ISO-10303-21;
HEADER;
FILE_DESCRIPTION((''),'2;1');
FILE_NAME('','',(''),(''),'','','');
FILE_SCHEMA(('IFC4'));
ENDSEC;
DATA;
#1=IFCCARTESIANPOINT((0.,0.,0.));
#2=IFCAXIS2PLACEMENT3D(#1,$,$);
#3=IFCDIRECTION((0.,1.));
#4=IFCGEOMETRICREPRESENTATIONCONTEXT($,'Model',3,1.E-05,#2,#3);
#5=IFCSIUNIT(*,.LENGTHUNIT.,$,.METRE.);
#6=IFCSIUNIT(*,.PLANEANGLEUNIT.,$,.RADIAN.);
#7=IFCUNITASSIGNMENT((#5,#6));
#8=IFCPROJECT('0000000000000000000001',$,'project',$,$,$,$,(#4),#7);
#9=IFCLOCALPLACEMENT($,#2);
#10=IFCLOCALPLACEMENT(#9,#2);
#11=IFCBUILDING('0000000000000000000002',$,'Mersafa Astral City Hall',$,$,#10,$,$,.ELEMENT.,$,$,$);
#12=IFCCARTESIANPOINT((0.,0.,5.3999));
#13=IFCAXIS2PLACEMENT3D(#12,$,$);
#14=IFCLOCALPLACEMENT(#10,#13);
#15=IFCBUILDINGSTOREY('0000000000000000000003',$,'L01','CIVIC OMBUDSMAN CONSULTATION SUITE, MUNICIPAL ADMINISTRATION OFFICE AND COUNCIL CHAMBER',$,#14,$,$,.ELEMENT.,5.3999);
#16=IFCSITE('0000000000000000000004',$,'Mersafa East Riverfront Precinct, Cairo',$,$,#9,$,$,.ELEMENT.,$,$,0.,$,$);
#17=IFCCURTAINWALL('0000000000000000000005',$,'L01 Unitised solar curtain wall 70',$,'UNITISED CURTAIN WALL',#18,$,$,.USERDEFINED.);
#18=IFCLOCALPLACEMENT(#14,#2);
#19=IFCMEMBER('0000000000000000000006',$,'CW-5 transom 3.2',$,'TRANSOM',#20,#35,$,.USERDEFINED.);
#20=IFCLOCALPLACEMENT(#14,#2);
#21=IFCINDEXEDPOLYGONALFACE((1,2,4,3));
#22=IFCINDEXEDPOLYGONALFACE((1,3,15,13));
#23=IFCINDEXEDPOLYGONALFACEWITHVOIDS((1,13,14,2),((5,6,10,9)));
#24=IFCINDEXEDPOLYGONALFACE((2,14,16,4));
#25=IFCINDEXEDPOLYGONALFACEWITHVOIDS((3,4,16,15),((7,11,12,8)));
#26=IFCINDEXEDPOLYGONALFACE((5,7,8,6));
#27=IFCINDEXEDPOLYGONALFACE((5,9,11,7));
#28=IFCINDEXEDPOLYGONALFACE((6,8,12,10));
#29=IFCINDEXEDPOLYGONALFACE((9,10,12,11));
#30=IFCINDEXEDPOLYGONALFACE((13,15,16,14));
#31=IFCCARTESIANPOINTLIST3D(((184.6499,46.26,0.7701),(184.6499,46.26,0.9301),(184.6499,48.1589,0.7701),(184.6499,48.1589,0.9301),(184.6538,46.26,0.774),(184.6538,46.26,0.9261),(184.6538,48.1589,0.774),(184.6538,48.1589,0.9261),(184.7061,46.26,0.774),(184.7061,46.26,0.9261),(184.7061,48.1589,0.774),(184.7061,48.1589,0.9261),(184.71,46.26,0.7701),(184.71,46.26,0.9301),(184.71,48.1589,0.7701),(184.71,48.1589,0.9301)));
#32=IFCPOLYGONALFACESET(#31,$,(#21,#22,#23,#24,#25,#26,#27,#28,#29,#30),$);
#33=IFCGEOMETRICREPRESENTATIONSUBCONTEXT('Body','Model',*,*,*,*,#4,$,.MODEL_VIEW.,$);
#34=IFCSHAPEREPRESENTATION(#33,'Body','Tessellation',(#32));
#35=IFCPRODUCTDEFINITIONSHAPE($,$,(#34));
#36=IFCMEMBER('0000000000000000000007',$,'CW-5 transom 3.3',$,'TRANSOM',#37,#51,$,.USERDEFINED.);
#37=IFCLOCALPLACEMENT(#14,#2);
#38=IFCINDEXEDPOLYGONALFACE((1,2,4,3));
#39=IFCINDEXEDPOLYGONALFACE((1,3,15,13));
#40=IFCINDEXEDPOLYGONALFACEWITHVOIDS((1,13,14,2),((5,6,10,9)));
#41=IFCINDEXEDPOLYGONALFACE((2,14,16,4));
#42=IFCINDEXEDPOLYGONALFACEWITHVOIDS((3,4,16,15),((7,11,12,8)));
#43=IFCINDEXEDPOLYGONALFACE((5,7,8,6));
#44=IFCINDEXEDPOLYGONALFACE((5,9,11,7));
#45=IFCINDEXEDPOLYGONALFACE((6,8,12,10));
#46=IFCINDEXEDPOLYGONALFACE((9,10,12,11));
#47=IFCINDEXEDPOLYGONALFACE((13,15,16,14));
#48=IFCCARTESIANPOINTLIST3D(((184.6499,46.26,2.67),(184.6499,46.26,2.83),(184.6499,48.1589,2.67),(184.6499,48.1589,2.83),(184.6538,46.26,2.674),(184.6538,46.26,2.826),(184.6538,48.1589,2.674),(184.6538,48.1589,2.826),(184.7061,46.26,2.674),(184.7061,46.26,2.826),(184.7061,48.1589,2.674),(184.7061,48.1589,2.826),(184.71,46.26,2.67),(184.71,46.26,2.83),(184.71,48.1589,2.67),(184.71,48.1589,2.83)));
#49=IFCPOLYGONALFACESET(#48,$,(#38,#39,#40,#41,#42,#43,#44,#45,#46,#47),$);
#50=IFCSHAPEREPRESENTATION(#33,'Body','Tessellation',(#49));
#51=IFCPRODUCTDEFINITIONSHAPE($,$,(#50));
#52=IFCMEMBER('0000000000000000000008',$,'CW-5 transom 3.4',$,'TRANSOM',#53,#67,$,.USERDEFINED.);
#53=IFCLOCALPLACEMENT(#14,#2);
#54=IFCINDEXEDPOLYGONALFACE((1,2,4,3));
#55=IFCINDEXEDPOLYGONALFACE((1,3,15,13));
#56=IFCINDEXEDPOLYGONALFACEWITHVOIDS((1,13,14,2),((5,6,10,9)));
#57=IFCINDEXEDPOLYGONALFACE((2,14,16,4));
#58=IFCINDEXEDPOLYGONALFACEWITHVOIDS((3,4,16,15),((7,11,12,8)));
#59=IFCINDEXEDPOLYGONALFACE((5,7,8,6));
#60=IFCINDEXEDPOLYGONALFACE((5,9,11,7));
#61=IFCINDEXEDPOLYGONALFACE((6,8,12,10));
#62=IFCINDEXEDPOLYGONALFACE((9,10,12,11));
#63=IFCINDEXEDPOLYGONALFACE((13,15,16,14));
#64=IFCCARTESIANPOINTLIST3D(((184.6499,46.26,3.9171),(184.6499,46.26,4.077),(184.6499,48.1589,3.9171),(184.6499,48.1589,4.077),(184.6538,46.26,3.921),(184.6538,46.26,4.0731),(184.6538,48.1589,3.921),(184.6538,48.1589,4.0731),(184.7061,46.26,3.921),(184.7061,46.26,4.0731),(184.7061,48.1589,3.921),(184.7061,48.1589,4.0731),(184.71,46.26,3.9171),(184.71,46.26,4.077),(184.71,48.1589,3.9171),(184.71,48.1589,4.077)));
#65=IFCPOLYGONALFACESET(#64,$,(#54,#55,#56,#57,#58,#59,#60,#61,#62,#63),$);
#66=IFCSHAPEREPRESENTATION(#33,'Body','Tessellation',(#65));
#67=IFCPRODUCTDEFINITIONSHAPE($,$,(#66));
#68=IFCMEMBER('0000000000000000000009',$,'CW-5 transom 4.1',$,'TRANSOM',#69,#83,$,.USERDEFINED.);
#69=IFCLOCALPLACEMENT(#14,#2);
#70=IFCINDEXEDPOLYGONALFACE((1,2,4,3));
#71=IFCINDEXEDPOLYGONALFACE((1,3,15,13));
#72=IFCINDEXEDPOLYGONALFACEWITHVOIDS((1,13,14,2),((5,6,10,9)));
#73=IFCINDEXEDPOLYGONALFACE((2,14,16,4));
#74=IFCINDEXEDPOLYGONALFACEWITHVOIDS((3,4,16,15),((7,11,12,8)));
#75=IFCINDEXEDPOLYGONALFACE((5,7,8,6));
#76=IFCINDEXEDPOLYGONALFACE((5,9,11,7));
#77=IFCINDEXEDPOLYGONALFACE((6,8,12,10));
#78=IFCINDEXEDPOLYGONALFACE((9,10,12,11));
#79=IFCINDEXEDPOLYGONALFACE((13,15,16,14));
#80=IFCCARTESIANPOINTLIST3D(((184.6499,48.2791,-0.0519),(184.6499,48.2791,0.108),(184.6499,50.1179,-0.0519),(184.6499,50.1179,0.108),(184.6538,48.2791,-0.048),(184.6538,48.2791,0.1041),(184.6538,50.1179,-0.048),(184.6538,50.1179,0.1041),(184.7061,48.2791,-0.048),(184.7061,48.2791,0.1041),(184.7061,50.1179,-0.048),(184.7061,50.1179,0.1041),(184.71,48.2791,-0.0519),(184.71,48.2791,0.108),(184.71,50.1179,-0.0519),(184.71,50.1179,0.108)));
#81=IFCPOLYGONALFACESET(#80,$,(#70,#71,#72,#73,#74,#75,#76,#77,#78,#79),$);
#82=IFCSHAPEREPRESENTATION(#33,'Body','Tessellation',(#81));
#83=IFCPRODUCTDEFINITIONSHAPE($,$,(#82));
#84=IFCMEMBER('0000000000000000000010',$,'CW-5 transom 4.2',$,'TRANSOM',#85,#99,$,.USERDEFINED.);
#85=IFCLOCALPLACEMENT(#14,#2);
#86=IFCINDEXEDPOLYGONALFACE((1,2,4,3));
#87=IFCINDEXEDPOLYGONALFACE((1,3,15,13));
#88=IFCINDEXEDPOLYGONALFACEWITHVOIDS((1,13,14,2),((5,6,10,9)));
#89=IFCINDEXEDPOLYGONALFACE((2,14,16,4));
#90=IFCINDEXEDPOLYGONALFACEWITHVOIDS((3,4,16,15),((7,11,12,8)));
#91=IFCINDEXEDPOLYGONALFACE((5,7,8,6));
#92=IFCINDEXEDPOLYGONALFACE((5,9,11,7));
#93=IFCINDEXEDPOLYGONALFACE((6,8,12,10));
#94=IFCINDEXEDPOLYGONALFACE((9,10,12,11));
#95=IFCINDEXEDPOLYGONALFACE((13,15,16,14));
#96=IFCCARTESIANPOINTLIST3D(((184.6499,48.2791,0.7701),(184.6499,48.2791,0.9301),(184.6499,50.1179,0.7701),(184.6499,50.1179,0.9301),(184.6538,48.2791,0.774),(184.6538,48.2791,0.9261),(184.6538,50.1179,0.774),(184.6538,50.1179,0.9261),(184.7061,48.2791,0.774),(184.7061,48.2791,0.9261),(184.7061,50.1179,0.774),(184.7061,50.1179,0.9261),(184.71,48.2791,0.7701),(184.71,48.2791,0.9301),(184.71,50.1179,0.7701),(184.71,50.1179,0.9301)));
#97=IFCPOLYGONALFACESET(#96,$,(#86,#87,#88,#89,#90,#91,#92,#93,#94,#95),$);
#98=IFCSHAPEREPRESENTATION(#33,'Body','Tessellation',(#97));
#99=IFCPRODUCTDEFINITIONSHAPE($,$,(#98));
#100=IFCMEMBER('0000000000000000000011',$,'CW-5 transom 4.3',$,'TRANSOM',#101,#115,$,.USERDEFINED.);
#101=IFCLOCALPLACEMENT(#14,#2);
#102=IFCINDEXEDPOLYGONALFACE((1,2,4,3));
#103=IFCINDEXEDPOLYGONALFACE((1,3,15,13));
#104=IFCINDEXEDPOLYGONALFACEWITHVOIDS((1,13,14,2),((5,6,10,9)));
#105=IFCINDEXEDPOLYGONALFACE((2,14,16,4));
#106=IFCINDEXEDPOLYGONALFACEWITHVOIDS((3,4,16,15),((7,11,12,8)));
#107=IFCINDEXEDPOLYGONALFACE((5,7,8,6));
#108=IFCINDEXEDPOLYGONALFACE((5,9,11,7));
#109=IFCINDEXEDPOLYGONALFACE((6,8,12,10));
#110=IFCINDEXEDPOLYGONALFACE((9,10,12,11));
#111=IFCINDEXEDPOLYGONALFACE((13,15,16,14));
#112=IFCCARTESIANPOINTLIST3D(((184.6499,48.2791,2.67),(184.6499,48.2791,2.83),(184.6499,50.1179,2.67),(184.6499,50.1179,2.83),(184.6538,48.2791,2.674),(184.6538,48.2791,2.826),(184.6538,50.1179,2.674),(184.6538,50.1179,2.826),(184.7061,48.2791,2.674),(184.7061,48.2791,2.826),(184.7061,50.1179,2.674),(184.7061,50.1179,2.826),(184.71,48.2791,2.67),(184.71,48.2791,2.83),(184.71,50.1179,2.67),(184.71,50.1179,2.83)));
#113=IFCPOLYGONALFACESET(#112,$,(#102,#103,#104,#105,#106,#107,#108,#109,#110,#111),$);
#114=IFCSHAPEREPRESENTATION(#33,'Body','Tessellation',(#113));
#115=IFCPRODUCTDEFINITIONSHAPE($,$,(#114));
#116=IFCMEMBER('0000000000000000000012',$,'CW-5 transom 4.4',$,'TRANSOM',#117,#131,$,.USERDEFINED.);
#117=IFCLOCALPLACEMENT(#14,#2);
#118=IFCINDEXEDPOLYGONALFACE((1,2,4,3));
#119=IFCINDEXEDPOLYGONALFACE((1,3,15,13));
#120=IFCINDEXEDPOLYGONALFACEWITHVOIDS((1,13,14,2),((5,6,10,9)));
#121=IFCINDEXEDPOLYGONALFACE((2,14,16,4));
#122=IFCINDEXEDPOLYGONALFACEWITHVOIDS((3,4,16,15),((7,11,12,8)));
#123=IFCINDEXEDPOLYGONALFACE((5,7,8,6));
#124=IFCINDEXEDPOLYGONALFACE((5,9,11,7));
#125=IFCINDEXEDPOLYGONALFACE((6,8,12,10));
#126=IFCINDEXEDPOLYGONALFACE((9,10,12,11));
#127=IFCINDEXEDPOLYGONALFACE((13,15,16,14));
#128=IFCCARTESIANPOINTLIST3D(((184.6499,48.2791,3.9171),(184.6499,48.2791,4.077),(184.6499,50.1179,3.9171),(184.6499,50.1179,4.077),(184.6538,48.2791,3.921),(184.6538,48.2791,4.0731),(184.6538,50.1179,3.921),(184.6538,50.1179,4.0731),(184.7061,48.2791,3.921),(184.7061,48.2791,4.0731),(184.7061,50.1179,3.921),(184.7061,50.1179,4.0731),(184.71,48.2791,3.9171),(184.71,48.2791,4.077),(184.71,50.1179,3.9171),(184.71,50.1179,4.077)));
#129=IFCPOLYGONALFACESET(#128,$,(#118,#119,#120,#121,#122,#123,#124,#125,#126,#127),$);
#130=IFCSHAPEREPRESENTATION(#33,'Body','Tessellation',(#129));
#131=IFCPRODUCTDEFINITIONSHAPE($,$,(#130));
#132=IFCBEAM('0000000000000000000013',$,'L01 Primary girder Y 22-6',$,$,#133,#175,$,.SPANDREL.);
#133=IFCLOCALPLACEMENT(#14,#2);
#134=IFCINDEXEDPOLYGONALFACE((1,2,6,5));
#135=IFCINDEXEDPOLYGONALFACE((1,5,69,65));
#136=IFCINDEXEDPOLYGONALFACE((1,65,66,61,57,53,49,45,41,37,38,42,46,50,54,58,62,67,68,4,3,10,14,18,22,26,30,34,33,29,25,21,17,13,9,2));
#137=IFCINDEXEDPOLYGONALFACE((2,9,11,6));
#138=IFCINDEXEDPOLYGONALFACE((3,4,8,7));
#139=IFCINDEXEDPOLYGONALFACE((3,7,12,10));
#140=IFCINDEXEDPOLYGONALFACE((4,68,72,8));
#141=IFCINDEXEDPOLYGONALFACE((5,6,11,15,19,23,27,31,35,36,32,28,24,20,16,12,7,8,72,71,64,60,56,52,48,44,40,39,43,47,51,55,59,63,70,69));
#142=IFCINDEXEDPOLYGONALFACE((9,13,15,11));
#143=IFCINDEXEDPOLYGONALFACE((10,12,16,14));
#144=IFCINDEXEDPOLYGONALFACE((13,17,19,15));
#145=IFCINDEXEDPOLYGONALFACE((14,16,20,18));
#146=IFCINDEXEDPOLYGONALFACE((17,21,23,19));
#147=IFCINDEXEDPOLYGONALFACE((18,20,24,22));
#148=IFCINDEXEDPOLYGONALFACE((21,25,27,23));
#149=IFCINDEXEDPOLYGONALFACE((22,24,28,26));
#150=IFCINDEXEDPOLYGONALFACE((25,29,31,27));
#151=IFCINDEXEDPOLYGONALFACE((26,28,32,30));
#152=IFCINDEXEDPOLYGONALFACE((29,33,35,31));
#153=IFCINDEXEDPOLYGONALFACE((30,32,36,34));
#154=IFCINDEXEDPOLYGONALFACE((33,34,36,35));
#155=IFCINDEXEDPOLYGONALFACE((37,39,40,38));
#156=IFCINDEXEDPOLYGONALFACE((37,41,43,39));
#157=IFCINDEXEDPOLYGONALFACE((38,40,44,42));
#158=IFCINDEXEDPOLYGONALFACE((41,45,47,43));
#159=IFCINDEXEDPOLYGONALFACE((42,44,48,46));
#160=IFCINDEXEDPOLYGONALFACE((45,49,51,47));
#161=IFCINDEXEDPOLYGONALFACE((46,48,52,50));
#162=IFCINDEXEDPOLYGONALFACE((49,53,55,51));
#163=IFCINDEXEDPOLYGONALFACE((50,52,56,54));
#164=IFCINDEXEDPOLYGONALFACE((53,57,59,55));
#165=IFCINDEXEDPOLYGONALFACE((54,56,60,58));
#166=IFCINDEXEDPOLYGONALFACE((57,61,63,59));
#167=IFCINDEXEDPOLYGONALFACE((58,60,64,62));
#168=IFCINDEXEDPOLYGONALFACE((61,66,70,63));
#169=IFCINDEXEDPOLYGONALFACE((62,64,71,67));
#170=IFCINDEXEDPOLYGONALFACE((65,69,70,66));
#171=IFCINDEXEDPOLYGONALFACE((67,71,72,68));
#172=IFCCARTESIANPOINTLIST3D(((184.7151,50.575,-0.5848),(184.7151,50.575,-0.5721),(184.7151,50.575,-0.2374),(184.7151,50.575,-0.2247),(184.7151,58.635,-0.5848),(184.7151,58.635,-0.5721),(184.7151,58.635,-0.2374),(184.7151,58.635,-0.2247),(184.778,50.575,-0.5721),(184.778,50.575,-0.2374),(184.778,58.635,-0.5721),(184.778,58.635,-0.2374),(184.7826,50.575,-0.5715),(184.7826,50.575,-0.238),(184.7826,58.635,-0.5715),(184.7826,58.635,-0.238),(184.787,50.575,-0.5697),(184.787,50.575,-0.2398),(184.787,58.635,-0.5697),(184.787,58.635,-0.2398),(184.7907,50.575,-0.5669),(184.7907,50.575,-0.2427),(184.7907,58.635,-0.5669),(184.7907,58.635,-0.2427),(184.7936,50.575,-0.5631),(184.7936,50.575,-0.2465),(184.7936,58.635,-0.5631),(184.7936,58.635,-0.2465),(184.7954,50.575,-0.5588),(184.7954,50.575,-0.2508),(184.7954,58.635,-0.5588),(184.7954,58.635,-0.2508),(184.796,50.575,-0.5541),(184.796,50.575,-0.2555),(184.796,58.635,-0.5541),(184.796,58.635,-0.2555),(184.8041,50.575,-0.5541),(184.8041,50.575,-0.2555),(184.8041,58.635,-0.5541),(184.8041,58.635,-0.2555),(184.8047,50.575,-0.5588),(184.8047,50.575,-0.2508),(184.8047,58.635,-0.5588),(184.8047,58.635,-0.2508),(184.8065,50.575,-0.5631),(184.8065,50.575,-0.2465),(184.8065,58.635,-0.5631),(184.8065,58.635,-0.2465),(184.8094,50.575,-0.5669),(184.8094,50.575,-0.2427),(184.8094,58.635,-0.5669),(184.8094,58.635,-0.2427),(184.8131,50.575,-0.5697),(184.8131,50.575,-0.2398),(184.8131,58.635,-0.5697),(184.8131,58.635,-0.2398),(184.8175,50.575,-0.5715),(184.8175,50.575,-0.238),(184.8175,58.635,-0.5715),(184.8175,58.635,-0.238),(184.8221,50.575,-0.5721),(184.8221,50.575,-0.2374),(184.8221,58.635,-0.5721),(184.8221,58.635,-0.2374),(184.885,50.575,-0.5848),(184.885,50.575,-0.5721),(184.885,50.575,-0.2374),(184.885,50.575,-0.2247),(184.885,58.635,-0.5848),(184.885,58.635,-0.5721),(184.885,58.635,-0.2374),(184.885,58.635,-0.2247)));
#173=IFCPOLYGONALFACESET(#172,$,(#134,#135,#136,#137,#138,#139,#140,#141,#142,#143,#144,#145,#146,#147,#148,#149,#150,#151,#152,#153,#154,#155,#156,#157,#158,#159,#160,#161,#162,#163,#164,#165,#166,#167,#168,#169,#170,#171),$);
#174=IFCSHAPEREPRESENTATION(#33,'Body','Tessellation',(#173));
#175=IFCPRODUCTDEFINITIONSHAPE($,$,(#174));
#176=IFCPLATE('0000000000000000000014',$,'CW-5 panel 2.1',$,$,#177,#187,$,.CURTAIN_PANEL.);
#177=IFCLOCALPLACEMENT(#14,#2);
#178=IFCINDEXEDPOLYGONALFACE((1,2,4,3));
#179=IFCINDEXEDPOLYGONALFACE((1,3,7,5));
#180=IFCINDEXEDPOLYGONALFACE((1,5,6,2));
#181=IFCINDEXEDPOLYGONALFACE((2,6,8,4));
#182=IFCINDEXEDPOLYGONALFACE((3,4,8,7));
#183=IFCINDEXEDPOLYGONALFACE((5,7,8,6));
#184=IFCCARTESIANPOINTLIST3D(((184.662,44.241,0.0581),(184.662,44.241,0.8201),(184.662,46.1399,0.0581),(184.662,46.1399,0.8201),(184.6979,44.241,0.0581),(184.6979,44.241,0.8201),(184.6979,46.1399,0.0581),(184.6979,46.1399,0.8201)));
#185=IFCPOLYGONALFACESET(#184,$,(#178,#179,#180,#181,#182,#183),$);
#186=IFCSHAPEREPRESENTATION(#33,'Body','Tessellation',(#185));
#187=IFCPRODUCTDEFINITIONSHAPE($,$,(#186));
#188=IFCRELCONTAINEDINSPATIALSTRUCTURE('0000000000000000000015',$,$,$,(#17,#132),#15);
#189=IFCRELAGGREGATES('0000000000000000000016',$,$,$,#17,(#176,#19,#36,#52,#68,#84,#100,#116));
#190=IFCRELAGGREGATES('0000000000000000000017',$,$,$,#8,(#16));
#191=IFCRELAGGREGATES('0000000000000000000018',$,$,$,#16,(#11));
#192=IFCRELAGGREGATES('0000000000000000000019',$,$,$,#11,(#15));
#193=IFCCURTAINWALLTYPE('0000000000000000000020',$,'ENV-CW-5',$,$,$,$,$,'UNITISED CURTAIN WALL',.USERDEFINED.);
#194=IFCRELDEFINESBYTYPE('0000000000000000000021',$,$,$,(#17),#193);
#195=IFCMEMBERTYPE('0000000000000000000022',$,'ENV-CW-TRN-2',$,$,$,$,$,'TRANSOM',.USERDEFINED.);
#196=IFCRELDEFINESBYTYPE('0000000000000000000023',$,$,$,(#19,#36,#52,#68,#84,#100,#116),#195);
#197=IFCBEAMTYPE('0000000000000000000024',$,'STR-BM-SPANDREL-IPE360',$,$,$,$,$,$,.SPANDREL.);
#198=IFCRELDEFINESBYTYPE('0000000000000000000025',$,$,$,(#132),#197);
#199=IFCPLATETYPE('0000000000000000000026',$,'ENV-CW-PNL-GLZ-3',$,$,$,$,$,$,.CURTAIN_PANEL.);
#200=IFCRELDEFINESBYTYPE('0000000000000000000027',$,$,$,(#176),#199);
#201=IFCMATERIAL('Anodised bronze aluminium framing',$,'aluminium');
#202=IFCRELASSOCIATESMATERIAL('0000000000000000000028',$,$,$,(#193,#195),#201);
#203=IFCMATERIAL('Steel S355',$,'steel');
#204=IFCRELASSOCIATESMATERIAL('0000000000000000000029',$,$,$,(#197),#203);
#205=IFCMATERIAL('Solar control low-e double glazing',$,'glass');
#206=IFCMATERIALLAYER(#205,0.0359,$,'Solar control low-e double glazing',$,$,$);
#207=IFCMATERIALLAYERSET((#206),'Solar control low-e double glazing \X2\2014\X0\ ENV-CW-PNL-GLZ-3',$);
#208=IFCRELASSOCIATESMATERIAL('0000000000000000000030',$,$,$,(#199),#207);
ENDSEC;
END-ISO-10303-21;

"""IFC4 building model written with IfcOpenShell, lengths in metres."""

from ifc_helpers import new_model, si_unit, direction, frame, origin, origin_2d, place, context, subcontext, project, spatial, rectangle, hollow_rectangle, i_section, extrude, material, layer, layer_set, material_profile, profile_set, type_object, element, aggregate, save


model = new_model("IFC4")

# Units and contexts
model_context = context("Model", 3, precision=1e-05, world=origin(), true_north=direction((0.0, 1.0)))
body_context = subcontext(model_context, "Body", "Model", "MODEL_VIEW")
ifc_project = project(units=[si_unit("LENGTHUNIT", "METRE"), si_unit("PLANEANGLEUNIT", "RADIAN")], contexts=[model_context])

# Site, building, storey
site_placement = place(None, origin())
site = spatial("IfcSite", under=ifc_project, at=site_placement, Name="Mersafa East Riverfront Precinct, Cairo", CompositionType="ELEMENT", RefElevation=0.0)
building_placement = place(site_placement, origin())
building = spatial("IfcBuilding", under=site, at=building_placement, Name="Mersafa Astral City Hall", CompositionType="ELEMENT")
storey_placement = place(building_placement, frame((0.0, 0.0, 5.3999)))
storey = spatial("IfcBuildingStorey", under=building, at=storey_placement, Name="L01", Description="CIVIC OMBUDSMAN CONSULTATION SUITE, MUNICIPAL ADMINISTRATION OFFICE AND COUNCIL CHAMBER", CompositionType="ELEMENT", Elevation=5.3999)

# Shared definitions
ifc_material_1 = material(Name="Steel S355", Category="steel")

# Curtain wall
ifc_material_2 = material(Name="Anodised bronze aluminium framing", Category="aluminium")
curtain_wall_type_1 = type_object("IfcCurtainWallType", Name="ENV-CW-5", ElementType="UNITISED CURTAIN WALL", PredefinedType="USERDEFINED", material=ifc_material_2)
curtain_wall_1_placement = place(storey_placement, origin())
curtain_wall_1 = element("IfcCurtainWall", 1, at=curtain_wall_1_placement, inside=storey, type_object=curtain_wall_type_1, Name="L01 Unitised solar curtain wall 70", ObjectType="UNITISED CURTAIN WALL", PredefinedType="USERDEFINED")

# Members
ifc_material_profile_1 = material_profile(ifc_material_2, hollow_rectangle(XDim=0.0601, YDim=0.1599, WallThickness=0.0039, at=origin_2d()), Name="RHS 60x160x4")
ifc_profile_set_1 = profile_set([ifc_material_profile_1], Name="Anodised bronze aluminium framing")
member_type_1 = type_object("IfcMemberType", Name="ENV-CW-TRN-2", ElementType="TRANSOM", PredefinedType="USERDEFINED", material=ifc_profile_set_1)
member_1_placement = place(storey_placement, frame((184.6799, 46.26, 0.8501), z_axis=(0.0, 1.0, 0.0), x_axis=(-1.0, 0.0, 0.0)))
member_1 = element("IfcMember", 2, at=member_1_placement, type_object=member_type_1, Name="CW-5 transom 3.2", ObjectType="TRANSOM", PredefinedType="USERDEFINED", context=body_context, shape_type="SweptSolid", body=[
    extrude(hollow_rectangle(XDim=0.0601, YDim=0.1599, WallThickness=0.0039, at=origin_2d()), origin(), (0.0, 0.0, 1.0), 1.8989),
])
member_2_placement = place(storey_placement, frame((184.6799, 46.26, 2.75), z_axis=(0.0, 1.0, 0.0), x_axis=(-1.0, 0.0, 0.0)))
member_2 = element("IfcMember", 3, at=member_2_placement, type_object=member_type_1, Name="CW-5 transom 3.3", ObjectType="TRANSOM", PredefinedType="USERDEFINED", context=body_context, shape_type="SweptSolid", body=[
    extrude(hollow_rectangle(XDim=0.0601, YDim=0.1599, WallThickness=0.0039, at=origin_2d()), origin(), (0.0, 0.0, 1.0), 1.8989),
])
member_3_placement = place(storey_placement, frame((184.6799, 46.26, 3.9971), z_axis=(0.0, 1.0, 0.0), x_axis=(-1.0, 0.0, 0.0)))
member_3 = element("IfcMember", 4, at=member_3_placement, type_object=member_type_1, Name="CW-5 transom 3.4", ObjectType="TRANSOM", PredefinedType="USERDEFINED", context=body_context, shape_type="SweptSolid", body=[
    extrude(hollow_rectangle(XDim=0.0601, YDim=0.1599, WallThickness=0.0039, at=origin_2d()), origin(), (0.0, 0.0, 1.0), 1.8989),
])
member_4_placement = place(storey_placement, frame((184.6799, 48.2791, 0.0281), z_axis=(0.0, 1.0, 0.0), x_axis=(-1.0, 0.0, 0.0)))
member_4 = element("IfcMember", 5, at=member_4_placement, type_object=member_type_1, Name="CW-5 transom 4.1", ObjectType="TRANSOM", PredefinedType="USERDEFINED", context=body_context, shape_type="SweptSolid", body=[
    extrude(hollow_rectangle(XDim=0.0601, YDim=0.1599, WallThickness=0.0039, at=origin_2d()), origin(), (0.0, 0.0, 1.0), 1.8389),
])
member_5_placement = place(storey_placement, frame((184.6799, 48.2791, 0.8501), z_axis=(0.0, 1.0, 0.0), x_axis=(-1.0, 0.0, 0.0)))
member_5 = element("IfcMember", 6, at=member_5_placement, type_object=member_type_1, Name="CW-5 transom 4.2", ObjectType="TRANSOM", PredefinedType="USERDEFINED", context=body_context, shape_type="SweptSolid", body=[
    extrude(hollow_rectangle(XDim=0.0601, YDim=0.1599, WallThickness=0.0039, at=origin_2d()), origin(), (0.0, 0.0, 1.0), 1.8389),
])
member_6_placement = place(storey_placement, frame((184.6799, 48.2791, 2.75), z_axis=(0.0, 1.0, 0.0), x_axis=(-1.0, 0.0, 0.0)))
member_6 = element("IfcMember", 7, at=member_6_placement, type_object=member_type_1, Name="CW-5 transom 4.3", ObjectType="TRANSOM", PredefinedType="USERDEFINED", context=body_context, shape_type="SweptSolid", body=[
    extrude(hollow_rectangle(XDim=0.0601, YDim=0.1599, WallThickness=0.0039, at=origin_2d()), origin(), (0.0, 0.0, 1.0), 1.8389),
])
member_7_placement = place(storey_placement, frame((184.6799, 48.2791, 3.9971), z_axis=(0.0, 1.0, 0.0), x_axis=(-1.0, 0.0, 0.0)))
member_7 = element("IfcMember", 8, at=member_7_placement, type_object=member_type_1, Name="CW-5 transom 4.4", ObjectType="TRANSOM", PredefinedType="USERDEFINED", context=body_context, shape_type="SweptSolid", body=[
    extrude(hollow_rectangle(XDim=0.0601, YDim=0.1599, WallThickness=0.0039, at=origin_2d()), origin(), (0.0, 0.0, 1.0), 1.8389),
])

# Beam
ifc_material_profile_2 = material_profile(ifc_material_1, i_section(OverallWidth=0.1699, OverallDepth=0.3601, WebThickness=0.0081, FlangeThickness=0.0127, FilletRadius=0.0181, at=origin_2d()), Name="IPE 360")
ifc_profile_set_2 = profile_set([ifc_material_profile_2], Name="Steel S355")
beam_type = type_object("IfcBeamType", Name="STR-BM-SPANDREL-IPE360", PredefinedType="SPANDREL", material=ifc_profile_set_2)
beam_placement = place(storey_placement, frame((184.8, 50.575, -0.4048), z_axis=(0.0, 1.0, 0.0), x_axis=(-1.0, 0.0, 0.0)))
element("IfcBeam", 9, at=beam_placement, inside=storey, type_object=beam_type, Name="L01 Primary girder Y 22-6", PredefinedType="SPANDREL", context=body_context, shape_type="SweptSolid", body=[
    extrude(i_section(OverallWidth=0.1699, OverallDepth=0.3601, WebThickness=0.0081, FlangeThickness=0.0127, FilletRadius=0.0181, at=origin_2d()), origin(), (0.0, 0.0, 1.0), 8.0601),
])

# Plate
ifc_material_3 = material(Name="Solar control low-e double glazing", Category="glass")
ifc_layer = layer(ifc_material_3, 0.0359, Name="Solar control low-e double glazing")
ifc_layer_set = layer_set([ifc_layer], Name="Solar control low-e double glazing — ENV-CW-PNL-GLZ-3")
plate_type = type_object("IfcPlateType", Name="ENV-CW-PNL-GLZ-3", PredefinedType="CURTAIN_PANEL", material=ifc_layer_set)
plate_1_placement = place(storey_placement, frame((184.6799, 45.1904, 0.0581), z_axis=(0.0, 0.0, 1.0), x_axis=(0.0, 1.0, 0.0)))
plate_1 = element("IfcPlate", 10, at=plate_1_placement, type_object=plate_type, Name="CW-5 panel 2.1", PredefinedType="CURTAIN_PANEL", context=body_context, shape_type="SweptSolid", body=[
    extrude(rectangle(XDim=1.8989, YDim=0.0359, at=origin_2d()), origin(), (0.0, 0.0, 1.0), 0.762),
])
aggregate(curtain_wall_1, [plate_1, member_1, member_2, member_3, member_4, member_5, member_6, member_7])

save(model, "model.ifc")
